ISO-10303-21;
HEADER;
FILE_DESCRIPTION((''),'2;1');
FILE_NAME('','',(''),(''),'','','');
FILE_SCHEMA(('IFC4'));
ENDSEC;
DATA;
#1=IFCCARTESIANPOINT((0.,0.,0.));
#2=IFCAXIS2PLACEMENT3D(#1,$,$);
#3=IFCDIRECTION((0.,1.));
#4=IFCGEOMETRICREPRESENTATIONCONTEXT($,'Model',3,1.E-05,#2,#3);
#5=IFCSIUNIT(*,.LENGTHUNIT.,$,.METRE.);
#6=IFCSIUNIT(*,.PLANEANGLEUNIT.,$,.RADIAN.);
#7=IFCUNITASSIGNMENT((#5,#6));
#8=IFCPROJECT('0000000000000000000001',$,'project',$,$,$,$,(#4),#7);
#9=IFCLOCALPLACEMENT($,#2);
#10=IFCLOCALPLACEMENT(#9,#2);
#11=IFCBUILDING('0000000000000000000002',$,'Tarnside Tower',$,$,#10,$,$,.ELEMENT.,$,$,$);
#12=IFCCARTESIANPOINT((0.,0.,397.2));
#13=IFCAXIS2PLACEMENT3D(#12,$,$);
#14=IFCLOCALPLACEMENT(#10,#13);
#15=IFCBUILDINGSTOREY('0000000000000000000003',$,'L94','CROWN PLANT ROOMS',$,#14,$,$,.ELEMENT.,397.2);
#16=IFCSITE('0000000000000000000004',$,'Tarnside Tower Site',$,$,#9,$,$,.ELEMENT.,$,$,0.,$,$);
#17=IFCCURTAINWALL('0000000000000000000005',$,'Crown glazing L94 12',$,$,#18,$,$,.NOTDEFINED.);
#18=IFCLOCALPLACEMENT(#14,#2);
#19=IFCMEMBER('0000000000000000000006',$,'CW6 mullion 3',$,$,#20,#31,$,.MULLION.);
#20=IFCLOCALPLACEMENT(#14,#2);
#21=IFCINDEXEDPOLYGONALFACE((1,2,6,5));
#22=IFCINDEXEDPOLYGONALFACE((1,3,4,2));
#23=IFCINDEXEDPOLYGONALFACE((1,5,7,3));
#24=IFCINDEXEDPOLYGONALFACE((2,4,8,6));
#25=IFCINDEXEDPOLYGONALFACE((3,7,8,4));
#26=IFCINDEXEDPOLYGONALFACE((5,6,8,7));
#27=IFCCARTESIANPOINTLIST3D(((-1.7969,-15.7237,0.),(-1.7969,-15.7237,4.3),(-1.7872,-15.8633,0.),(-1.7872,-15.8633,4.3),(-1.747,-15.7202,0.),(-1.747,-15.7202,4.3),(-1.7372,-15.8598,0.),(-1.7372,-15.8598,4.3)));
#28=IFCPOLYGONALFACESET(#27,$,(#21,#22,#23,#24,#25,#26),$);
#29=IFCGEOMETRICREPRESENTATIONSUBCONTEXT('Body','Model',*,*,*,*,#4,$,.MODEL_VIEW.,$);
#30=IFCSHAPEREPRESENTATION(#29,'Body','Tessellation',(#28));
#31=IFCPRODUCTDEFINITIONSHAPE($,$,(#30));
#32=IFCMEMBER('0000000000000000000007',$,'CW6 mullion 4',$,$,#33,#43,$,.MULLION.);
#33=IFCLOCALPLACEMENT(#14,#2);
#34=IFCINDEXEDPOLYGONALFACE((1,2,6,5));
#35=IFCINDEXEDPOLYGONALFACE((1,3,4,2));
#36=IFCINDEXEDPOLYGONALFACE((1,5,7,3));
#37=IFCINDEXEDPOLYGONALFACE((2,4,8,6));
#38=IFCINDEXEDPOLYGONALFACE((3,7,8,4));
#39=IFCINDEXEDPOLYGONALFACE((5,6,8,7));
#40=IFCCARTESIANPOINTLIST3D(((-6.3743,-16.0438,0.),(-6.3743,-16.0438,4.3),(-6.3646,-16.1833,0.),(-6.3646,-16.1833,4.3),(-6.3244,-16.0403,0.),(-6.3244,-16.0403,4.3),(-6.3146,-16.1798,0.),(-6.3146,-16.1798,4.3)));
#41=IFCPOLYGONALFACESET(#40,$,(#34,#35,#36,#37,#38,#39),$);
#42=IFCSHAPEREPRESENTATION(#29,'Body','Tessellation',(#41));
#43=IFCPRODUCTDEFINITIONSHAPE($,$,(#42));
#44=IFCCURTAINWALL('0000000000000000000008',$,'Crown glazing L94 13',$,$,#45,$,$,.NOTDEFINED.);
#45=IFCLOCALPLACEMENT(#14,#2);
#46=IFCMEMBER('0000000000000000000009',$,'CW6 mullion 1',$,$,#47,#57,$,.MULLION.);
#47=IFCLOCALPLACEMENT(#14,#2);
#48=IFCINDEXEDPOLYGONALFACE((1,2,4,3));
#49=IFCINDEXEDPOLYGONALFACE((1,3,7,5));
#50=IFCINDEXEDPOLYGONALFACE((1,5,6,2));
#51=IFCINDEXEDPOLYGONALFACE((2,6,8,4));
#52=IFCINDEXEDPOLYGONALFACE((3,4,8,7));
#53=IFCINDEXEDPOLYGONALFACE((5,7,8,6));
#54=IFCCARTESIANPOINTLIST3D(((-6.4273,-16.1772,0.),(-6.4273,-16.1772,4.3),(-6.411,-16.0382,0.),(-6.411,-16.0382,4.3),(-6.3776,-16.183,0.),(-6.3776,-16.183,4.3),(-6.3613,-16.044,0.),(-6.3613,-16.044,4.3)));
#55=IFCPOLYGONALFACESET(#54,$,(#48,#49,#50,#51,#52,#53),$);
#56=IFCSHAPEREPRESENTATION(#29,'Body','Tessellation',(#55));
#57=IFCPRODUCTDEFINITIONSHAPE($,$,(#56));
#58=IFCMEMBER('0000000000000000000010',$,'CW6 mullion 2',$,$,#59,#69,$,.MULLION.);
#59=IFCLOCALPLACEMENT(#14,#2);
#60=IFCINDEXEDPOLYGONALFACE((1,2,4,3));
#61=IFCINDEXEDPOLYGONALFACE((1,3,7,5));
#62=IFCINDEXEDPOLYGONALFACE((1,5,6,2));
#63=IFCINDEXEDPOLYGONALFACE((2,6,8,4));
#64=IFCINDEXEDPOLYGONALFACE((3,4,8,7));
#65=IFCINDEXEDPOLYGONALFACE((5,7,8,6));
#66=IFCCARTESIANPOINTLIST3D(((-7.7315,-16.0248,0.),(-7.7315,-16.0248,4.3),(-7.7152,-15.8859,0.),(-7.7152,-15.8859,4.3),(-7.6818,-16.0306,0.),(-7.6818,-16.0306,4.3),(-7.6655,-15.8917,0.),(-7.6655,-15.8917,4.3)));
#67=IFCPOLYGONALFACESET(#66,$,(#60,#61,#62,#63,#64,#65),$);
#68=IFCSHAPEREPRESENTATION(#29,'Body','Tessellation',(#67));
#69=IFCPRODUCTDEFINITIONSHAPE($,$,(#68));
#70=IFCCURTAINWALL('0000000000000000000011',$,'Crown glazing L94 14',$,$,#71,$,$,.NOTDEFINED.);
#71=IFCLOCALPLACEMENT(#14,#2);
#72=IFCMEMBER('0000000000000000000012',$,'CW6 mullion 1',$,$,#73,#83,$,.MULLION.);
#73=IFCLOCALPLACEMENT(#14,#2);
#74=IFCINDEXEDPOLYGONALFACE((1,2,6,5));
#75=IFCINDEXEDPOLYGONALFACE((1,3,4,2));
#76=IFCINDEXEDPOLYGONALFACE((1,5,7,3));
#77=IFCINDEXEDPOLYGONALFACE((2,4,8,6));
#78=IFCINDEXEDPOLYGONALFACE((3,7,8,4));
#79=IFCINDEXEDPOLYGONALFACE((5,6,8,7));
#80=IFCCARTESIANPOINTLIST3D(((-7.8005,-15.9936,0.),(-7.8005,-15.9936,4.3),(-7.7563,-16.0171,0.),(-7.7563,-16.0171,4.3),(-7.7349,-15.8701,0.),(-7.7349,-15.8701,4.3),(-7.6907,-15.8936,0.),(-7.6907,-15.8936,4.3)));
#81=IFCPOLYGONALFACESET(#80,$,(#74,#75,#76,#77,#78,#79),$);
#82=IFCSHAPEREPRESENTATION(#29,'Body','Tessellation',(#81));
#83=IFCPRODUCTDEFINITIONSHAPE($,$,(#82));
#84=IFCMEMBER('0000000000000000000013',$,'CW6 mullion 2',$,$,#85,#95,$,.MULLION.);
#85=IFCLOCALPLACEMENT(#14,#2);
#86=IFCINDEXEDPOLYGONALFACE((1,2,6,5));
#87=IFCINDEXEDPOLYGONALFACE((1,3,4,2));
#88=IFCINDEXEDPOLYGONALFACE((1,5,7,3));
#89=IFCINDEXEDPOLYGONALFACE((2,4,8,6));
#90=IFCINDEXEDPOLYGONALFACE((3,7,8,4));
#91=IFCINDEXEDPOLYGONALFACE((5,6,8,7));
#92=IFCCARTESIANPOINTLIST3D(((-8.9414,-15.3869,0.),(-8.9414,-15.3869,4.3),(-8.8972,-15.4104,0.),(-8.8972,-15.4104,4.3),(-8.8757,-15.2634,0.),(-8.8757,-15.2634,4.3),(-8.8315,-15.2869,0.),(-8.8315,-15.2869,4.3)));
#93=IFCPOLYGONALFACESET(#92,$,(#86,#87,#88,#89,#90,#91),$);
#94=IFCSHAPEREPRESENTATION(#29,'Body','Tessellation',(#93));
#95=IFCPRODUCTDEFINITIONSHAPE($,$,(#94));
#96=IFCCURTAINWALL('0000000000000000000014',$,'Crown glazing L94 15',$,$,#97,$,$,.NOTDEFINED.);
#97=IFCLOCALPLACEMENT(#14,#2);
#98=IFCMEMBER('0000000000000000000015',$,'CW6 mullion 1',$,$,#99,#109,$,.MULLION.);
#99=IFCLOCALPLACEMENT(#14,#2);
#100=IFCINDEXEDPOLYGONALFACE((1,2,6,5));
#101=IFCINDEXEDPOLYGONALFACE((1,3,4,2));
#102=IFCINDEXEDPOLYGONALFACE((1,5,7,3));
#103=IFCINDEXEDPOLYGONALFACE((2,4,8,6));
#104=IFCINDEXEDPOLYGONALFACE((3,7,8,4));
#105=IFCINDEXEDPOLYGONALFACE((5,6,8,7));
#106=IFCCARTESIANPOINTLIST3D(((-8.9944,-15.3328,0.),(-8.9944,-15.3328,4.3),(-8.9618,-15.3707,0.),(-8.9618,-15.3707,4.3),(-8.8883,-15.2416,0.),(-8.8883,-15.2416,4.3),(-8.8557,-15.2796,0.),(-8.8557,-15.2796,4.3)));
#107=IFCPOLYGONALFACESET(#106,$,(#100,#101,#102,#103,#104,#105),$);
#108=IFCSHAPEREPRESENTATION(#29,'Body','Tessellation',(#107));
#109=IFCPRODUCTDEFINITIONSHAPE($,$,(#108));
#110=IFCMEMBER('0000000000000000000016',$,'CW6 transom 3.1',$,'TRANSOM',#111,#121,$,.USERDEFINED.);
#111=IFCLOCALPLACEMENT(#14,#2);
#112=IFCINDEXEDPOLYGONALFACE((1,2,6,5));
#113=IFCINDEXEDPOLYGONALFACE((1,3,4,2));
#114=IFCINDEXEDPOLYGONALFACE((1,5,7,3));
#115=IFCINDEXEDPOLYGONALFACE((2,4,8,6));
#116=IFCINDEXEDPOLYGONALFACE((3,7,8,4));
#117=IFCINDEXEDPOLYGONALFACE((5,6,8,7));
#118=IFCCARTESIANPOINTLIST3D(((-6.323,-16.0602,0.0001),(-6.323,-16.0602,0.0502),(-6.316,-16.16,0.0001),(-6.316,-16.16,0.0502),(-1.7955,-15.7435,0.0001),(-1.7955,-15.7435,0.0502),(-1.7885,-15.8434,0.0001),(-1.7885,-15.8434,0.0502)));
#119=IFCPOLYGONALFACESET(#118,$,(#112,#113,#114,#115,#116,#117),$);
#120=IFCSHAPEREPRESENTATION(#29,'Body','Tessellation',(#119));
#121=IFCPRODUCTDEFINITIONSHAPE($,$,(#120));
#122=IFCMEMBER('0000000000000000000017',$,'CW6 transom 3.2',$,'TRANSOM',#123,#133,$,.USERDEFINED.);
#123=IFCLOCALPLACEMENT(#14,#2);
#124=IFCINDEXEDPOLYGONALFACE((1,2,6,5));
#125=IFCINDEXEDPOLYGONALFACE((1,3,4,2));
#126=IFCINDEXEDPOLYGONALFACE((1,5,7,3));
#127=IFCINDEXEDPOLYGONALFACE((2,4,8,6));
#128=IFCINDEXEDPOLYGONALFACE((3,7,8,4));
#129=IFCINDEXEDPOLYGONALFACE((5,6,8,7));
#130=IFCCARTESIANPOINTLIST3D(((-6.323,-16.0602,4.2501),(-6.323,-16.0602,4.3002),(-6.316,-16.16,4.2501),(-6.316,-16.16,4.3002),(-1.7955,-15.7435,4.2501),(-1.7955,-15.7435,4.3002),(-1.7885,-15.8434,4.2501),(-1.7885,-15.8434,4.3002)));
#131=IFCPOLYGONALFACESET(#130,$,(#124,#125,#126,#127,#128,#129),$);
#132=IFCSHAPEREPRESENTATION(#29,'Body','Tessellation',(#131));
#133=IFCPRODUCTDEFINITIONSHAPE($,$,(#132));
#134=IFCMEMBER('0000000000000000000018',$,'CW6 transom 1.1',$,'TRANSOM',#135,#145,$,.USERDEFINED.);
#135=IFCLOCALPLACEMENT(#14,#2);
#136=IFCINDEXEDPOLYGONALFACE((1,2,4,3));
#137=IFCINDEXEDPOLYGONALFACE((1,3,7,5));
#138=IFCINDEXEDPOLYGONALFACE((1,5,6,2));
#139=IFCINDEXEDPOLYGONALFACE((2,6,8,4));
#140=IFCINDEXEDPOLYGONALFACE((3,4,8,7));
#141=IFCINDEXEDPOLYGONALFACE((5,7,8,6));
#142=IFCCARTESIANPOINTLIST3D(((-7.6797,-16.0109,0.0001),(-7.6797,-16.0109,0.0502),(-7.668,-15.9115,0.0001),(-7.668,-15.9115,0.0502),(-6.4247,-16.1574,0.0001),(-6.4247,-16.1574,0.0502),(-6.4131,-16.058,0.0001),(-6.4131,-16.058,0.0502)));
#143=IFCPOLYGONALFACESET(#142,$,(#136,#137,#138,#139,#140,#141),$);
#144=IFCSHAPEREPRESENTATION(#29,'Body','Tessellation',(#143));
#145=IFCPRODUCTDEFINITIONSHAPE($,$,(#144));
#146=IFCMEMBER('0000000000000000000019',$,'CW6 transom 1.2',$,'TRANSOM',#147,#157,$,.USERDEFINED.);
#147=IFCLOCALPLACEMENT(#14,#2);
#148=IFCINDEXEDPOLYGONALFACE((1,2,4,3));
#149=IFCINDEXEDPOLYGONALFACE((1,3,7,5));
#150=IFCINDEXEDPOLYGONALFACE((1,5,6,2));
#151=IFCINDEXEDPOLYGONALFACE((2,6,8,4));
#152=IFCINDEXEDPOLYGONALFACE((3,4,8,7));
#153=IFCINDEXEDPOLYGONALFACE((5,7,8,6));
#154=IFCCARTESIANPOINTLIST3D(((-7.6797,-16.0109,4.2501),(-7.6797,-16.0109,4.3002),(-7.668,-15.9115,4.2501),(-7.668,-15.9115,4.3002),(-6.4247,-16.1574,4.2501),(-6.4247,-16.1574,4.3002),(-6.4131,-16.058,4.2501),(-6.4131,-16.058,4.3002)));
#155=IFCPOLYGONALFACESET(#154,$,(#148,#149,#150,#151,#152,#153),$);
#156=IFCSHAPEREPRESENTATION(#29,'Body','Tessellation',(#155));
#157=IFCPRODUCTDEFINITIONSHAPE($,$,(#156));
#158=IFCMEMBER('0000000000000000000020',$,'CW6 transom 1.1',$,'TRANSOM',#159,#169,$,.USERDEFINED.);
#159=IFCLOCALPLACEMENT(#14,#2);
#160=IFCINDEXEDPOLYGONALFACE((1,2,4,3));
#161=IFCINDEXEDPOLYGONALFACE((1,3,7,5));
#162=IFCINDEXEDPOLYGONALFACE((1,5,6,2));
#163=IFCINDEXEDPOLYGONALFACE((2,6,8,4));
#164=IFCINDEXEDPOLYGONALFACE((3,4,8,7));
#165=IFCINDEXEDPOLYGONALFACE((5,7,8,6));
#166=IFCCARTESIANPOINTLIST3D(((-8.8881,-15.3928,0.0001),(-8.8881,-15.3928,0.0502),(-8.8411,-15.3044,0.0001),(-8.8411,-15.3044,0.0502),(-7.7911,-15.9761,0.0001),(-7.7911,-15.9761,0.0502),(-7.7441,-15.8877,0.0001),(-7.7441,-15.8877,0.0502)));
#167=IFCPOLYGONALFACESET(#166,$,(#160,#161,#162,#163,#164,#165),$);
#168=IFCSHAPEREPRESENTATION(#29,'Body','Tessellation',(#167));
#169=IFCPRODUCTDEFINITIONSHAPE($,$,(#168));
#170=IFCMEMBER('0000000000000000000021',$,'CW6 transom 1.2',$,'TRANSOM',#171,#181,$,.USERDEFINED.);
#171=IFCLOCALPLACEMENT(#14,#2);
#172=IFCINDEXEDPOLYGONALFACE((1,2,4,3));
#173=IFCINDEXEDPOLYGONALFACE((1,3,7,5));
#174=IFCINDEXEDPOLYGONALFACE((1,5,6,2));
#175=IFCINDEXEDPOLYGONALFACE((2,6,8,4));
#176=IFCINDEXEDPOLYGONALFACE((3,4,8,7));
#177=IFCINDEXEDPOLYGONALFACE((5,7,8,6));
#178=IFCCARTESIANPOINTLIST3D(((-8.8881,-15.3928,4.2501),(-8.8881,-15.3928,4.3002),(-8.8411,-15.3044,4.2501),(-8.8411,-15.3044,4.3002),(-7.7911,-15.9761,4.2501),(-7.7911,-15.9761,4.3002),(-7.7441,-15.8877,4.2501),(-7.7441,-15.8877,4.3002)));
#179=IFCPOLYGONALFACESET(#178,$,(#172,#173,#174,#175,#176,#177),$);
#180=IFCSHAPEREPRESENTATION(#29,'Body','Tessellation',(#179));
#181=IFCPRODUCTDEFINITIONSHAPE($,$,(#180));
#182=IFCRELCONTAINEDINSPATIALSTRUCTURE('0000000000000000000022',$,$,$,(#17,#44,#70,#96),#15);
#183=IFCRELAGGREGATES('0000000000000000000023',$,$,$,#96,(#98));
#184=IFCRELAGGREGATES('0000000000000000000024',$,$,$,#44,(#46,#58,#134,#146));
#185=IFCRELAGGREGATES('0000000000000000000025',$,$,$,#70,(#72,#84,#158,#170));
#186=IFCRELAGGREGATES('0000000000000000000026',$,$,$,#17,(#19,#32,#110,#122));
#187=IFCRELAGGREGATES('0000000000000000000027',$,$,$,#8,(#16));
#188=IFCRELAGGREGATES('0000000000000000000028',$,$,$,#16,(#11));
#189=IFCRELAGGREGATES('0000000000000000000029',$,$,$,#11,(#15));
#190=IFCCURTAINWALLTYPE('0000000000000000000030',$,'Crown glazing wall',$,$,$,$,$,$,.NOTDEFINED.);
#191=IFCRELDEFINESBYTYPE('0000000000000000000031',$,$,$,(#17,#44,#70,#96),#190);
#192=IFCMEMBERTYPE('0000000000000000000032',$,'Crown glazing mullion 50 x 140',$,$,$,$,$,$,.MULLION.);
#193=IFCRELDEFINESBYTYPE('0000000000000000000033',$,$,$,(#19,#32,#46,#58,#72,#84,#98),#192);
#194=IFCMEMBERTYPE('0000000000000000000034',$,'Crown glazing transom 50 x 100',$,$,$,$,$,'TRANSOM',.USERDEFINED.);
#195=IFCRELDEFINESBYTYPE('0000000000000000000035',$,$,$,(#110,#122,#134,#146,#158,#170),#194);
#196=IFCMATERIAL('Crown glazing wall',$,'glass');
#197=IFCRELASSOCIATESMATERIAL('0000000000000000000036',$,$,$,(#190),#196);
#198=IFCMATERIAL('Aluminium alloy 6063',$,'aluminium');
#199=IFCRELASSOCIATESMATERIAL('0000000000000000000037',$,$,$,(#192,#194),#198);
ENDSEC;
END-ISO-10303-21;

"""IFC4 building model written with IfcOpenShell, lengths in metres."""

from ifc_helpers import new_model, si_unit, direction, frame, origin, origin_2d, place, context, subcontext, project, spatial, rectangle, extrude, material, material_profile, profile_set, type_object, element, aggregate, save


model = new_model("IFC4")

# Units and contexts
model_context = context("Model", 3, precision=1e-05, world=origin(), true_north=direction((0.0, 1.0)))
body_context = subcontext(model_context, "Body", "Model", "MODEL_VIEW")
ifc_project = project(units=[si_unit("LENGTHUNIT", "METRE"), si_unit("PLANEANGLEUNIT", "RADIAN")], contexts=[model_context])

# Site, building, storey
site_placement = place(None, origin())
site = spatial("IfcSite", under=ifc_project, at=site_placement, Name="Tarnside Tower Site", CompositionType="ELEMENT", RefElevation=0.0)
building_placement = place(site_placement, origin())
building = spatial("IfcBuilding", under=site, at=building_placement, Name="Tarnside Tower", CompositionType="ELEMENT")
storey_placement = place(building_placement, frame((0.0, 0.0, 397.2)))
storey = spatial("IfcBuildingStorey", under=building, at=storey_placement, Name="L94", Description="CROWN PLANT ROOMS", CompositionType="ELEMENT", Elevation=397.2)

# Curtain walls, members
ifc_material_1 = material(Name="Crown glazing wall", Category="glass")
curtain_wall_type = type_object("IfcCurtainWallType", Name="Crown glazing wall", PredefinedType="NOTDEFINED", material=ifc_material_1)
curtain_wall_1_placement = place(storey_placement, origin())
curtain_wall_1 = element("IfcCurtainWall", 1, at=curtain_wall_1_placement, inside=storey, type_object=curtain_wall_type, Name="Crown glazing L94 12", PredefinedType="NOTDEFINED")
ifc_material_2 = material(Name="Aluminium alloy 6063", Category="aluminium")
ifc_material_profile_1 = material_profile(ifc_material_2, rectangle(XDim=0.1399, YDim=0.05, at=origin_2d()), Name="Crown glazing mullion 50 x 140")
ifc_profile_set_1 = profile_set([ifc_material_profile_1], Name="Aluminium alloy 6063")
member_type_1 = type_object("IfcMemberType", Name="Crown glazing mullion 50 x 140", PredefinedType="MULLION", material=ifc_profile_set_1)
member_1_placement = place(storey_placement, frame((-1.7671, -15.7917, 0.0), z_axis=(0.0, 0.0, 1.0), x_axis=(0.069756, -0.997564, 0.0)))
member_1 = element("IfcMember", 2, at=member_1_placement, type_object=member_type_1, Name="CW6 mullion 3", PredefinedType="MULLION", context=body_context, shape_type="SweptSolid", body=[
    extrude(rectangle(XDim=0.1399, YDim=0.05, at=origin_2d()), origin(), (0.0, 0.0, 1.0), 4.3),
])
member_2_placement = place(storey_placement, frame((-6.3445, -16.1118, 0.0), z_axis=(0.0, 0.0, 1.0), x_axis=(0.069756, -0.997564, 0.0)))
member_2 = element("IfcMember", 3, at=member_2_placement, type_object=member_type_1, Name="CW6 mullion 4", PredefinedType="MULLION", context=body_context, shape_type="SweptSolid", body=[
    extrude(rectangle(XDim=0.1399, YDim=0.05, at=origin_2d()), origin(), (0.0, 0.0, 1.0), 4.3),
])
curtain_wall_2_placement = place(storey_placement, origin())
curtain_wall_2 = element("IfcCurtainWall", 4, at=curtain_wall_2_placement, inside=storey, type_object=curtain_wall_type, Name="Crown glazing L94 13", PredefinedType="NOTDEFINED")
member_3_placement = place(storey_placement, frame((-6.3943, -16.1106, 0.0), z_axis=(0.0, 0.0, 1.0), x_axis=(-0.116093, -0.993238, 0.0)))
member_3 = element("IfcMember", 5, at=member_3_placement, type_object=member_type_1, Name="CW6 mullion 1", PredefinedType="MULLION", context=body_context, shape_type="SweptSolid", body=[
    extrude(rectangle(XDim=0.1399, YDim=0.05, at=origin_2d()), origin(), (0.0, 0.0, 1.0), 4.3),
])
member_4_placement = place(storey_placement, frame((-7.6985, -15.9583, 0.0), z_axis=(0.0, 0.0, 1.0), x_axis=(-0.116093, -0.993238, 0.0)))
member_4 = element("IfcMember", 6, at=member_4_placement, type_object=member_type_1, Name="CW6 mullion 2", PredefinedType="MULLION", context=body_context, shape_type="SweptSolid", body=[
    extrude(rectangle(XDim=0.1399, YDim=0.05, at=origin_2d()), origin(), (0.0, 0.0, 1.0), 4.3),
])
curtain_wall_3_placement = place(storey_placement, origin())
curtain_wall_3 = element("IfcCurtainWall", 7, at=curtain_wall_3_placement, inside=storey, type_object=curtain_wall_type, Name="Crown glazing L94 14", PredefinedType="NOTDEFINED")
member_5_placement = place(storey_placement, frame((-7.7456, -15.9436, 0.0), z_axis=(0.0, 0.0, 1.0), x_axis=(-0.469472, -0.882948, 0.0)))
member_5 = element("IfcMember", 8, at=member_5_placement, type_object=member_type_1, Name="CW6 mullion 1", PredefinedType="MULLION", context=body_context, shape_type="SweptSolid", body=[
    extrude(rectangle(XDim=0.1399, YDim=0.05, at=origin_2d()), origin(), (0.0, 0.0, 1.0), 4.3),
])
member_6_placement = place(storey_placement, frame((-8.8865, -15.3369, 0.0), z_axis=(0.0, 0.0, 1.0), x_axis=(-0.469472, -0.882948, 0.0)))
member_6 = element("IfcMember", 9, at=member_6_placement, type_object=member_type_1, Name="CW6 mullion 2", PredefinedType="MULLION", context=body_context, shape_type="SweptSolid", body=[
    extrude(rectangle(XDim=0.1399, YDim=0.05, at=origin_2d()), origin(), (0.0, 0.0, 1.0), 4.3),
])

# Curtain wall, member
curtain_wall_4_placement = place(storey_placement, origin())
curtain_wall_4 = element("IfcCurtainWall", 10, at=curtain_wall_4_placement, inside=storey, type_object=curtain_wall_type, Name="Crown glazing L94 15", PredefinedType="NOTDEFINED")
member_7_placement = place(storey_placement, frame((-8.925, -15.3062, 0.0), z_axis=(0.0, 0.0, 1.0), x_axis=(-0.758514, -0.651657, 0.0)))
member_7 = element("IfcMember", 11, at=member_7_placement, type_object=member_type_1, Name="CW6 mullion 1", PredefinedType="MULLION", context=body_context, shape_type="SweptSolid", body=[
    extrude(rectangle(XDim=0.1399, YDim=0.05, at=origin_2d()), origin(), (0.0, 0.0, 1.0), 4.3),
])
aggregate(curtain_wall_4, [member_7])

# Members
ifc_material_profile_2 = material_profile(ifc_material_2, rectangle(XDim=0.1001, YDim=0.05, at=origin_2d()), Name="Crown glazing transom 50 x 100")
ifc_profile_set_2 = profile_set([ifc_material_profile_2], Name="Aluminium alloy 6063")
member_type_2 = type_object("IfcMemberType", Name="Crown glazing transom 50 x 100", ElementType="TRANSOM", PredefinedType="USERDEFINED", material=ifc_profile_set_2)
member_8_placement = place(storey_placement, frame((-1.792, -15.7935, 0.0251), z_axis=(-0.997563, -0.069768, 0.0), x_axis=(0.069768, -0.997563, 0.0)))
member_8 = element("IfcMember", 12, at=member_8_placement, type_object=member_type_2, Name="CW6 transom 3.1", ObjectType="TRANSOM", PredefinedType="USERDEFINED", context=body_context, shape_type="SweptSolid", body=[
    extrude(rectangle(XDim=0.1001, YDim=0.05, at=origin_2d()), origin(), (0.0, 0.0, 1.0), 4.5386),
])
member_9_placement = place(storey_placement, frame((-1.792, -15.7935, 4.2751), z_axis=(-0.997563, -0.069768, 0.0), x_axis=(0.069768, -0.997563, 0.0)))
member_9 = element("IfcMember", 13, at=member_9_placement, type_object=member_type_2, Name="CW6 transom 3.2", ObjectType="TRANSOM", PredefinedType="USERDEFINED", context=body_context, shape_type="SweptSolid", body=[
    extrude(rectangle(XDim=0.1001, YDim=0.05, at=origin_2d()), origin(), (0.0, 0.0, 1.0), 4.5386),
])
member_10_placement = place(storey_placement, frame((-6.4189, -16.1077, 0.0251), z_axis=(-0.993256, 0.115944, 0.0), x_axis=(-0.115944, -0.993256, 0.0)))
member_10 = element("IfcMember", 14, at=member_10_placement, type_object=member_type_2, Name="CW6 transom 1.1", ObjectType="TRANSOM", PredefinedType="USERDEFINED", context=body_context, shape_type="SweptSolid", body=[
    extrude(rectangle(XDim=0.1001, YDim=0.05, at=origin_2d()), origin(), (0.0, 0.0, 1.0), 1.2634),
])
member_11_placement = place(storey_placement, frame((-6.4189, -16.1077, 4.2751), z_axis=(-0.993256, 0.115944, 0.0), x_axis=(-0.115944, -0.993256, 0.0)))
member_11 = element("IfcMember", 15, at=member_11_placement, type_object=member_type_2, Name="CW6 transom 1.2", ObjectType="TRANSOM", PredefinedType="USERDEFINED", context=body_context, shape_type="SweptSolid", body=[
    extrude(rectangle(XDim=0.1001, YDim=0.05, at=origin_2d()), origin(), (0.0, 0.0, 1.0), 1.2634),
])
member_12_placement = place(storey_placement, frame((-7.7676, -15.9319, 0.0251), z_axis=(-0.882945, 0.469476, 0.0), x_axis=(-0.469476, -0.882945, 0.0)))
member_12 = element("IfcMember", 16, at=member_12_placement, type_object=member_type_2, Name="CW6 transom 1.1", ObjectType="TRANSOM", PredefinedType="USERDEFINED", context=body_context, shape_type="SweptSolid", body=[
    extrude(rectangle(XDim=0.1001, YDim=0.05, at=origin_2d()), origin(), (0.0, 0.0, 1.0), 1.2424),
])
member_13_placement = place(storey_placement, frame((-7.7676, -15.9319, 4.2751), z_axis=(-0.882945, 0.469476, 0.0), x_axis=(-0.469476, -0.882945, 0.0)))
member_13 = element("IfcMember", 17, at=member_13_placement, type_object=member_type_2, Name="CW6 transom 1.2", ObjectType="TRANSOM", PredefinedType="USERDEFINED", context=body_context, shape_type="SweptSolid", body=[
    extrude(rectangle(XDim=0.1001, YDim=0.05, at=origin_2d()), origin(), (0.0, 0.0, 1.0), 1.2424),
])

aggregate(curtain_wall_2, [member_3, member_4, member_10, member_11])
aggregate(curtain_wall_3, [member_5, member_6, member_12, member_13])
aggregate(curtain_wall_1, [member_1, member_2, member_8, member_9])

save(model, "model.ifc")
